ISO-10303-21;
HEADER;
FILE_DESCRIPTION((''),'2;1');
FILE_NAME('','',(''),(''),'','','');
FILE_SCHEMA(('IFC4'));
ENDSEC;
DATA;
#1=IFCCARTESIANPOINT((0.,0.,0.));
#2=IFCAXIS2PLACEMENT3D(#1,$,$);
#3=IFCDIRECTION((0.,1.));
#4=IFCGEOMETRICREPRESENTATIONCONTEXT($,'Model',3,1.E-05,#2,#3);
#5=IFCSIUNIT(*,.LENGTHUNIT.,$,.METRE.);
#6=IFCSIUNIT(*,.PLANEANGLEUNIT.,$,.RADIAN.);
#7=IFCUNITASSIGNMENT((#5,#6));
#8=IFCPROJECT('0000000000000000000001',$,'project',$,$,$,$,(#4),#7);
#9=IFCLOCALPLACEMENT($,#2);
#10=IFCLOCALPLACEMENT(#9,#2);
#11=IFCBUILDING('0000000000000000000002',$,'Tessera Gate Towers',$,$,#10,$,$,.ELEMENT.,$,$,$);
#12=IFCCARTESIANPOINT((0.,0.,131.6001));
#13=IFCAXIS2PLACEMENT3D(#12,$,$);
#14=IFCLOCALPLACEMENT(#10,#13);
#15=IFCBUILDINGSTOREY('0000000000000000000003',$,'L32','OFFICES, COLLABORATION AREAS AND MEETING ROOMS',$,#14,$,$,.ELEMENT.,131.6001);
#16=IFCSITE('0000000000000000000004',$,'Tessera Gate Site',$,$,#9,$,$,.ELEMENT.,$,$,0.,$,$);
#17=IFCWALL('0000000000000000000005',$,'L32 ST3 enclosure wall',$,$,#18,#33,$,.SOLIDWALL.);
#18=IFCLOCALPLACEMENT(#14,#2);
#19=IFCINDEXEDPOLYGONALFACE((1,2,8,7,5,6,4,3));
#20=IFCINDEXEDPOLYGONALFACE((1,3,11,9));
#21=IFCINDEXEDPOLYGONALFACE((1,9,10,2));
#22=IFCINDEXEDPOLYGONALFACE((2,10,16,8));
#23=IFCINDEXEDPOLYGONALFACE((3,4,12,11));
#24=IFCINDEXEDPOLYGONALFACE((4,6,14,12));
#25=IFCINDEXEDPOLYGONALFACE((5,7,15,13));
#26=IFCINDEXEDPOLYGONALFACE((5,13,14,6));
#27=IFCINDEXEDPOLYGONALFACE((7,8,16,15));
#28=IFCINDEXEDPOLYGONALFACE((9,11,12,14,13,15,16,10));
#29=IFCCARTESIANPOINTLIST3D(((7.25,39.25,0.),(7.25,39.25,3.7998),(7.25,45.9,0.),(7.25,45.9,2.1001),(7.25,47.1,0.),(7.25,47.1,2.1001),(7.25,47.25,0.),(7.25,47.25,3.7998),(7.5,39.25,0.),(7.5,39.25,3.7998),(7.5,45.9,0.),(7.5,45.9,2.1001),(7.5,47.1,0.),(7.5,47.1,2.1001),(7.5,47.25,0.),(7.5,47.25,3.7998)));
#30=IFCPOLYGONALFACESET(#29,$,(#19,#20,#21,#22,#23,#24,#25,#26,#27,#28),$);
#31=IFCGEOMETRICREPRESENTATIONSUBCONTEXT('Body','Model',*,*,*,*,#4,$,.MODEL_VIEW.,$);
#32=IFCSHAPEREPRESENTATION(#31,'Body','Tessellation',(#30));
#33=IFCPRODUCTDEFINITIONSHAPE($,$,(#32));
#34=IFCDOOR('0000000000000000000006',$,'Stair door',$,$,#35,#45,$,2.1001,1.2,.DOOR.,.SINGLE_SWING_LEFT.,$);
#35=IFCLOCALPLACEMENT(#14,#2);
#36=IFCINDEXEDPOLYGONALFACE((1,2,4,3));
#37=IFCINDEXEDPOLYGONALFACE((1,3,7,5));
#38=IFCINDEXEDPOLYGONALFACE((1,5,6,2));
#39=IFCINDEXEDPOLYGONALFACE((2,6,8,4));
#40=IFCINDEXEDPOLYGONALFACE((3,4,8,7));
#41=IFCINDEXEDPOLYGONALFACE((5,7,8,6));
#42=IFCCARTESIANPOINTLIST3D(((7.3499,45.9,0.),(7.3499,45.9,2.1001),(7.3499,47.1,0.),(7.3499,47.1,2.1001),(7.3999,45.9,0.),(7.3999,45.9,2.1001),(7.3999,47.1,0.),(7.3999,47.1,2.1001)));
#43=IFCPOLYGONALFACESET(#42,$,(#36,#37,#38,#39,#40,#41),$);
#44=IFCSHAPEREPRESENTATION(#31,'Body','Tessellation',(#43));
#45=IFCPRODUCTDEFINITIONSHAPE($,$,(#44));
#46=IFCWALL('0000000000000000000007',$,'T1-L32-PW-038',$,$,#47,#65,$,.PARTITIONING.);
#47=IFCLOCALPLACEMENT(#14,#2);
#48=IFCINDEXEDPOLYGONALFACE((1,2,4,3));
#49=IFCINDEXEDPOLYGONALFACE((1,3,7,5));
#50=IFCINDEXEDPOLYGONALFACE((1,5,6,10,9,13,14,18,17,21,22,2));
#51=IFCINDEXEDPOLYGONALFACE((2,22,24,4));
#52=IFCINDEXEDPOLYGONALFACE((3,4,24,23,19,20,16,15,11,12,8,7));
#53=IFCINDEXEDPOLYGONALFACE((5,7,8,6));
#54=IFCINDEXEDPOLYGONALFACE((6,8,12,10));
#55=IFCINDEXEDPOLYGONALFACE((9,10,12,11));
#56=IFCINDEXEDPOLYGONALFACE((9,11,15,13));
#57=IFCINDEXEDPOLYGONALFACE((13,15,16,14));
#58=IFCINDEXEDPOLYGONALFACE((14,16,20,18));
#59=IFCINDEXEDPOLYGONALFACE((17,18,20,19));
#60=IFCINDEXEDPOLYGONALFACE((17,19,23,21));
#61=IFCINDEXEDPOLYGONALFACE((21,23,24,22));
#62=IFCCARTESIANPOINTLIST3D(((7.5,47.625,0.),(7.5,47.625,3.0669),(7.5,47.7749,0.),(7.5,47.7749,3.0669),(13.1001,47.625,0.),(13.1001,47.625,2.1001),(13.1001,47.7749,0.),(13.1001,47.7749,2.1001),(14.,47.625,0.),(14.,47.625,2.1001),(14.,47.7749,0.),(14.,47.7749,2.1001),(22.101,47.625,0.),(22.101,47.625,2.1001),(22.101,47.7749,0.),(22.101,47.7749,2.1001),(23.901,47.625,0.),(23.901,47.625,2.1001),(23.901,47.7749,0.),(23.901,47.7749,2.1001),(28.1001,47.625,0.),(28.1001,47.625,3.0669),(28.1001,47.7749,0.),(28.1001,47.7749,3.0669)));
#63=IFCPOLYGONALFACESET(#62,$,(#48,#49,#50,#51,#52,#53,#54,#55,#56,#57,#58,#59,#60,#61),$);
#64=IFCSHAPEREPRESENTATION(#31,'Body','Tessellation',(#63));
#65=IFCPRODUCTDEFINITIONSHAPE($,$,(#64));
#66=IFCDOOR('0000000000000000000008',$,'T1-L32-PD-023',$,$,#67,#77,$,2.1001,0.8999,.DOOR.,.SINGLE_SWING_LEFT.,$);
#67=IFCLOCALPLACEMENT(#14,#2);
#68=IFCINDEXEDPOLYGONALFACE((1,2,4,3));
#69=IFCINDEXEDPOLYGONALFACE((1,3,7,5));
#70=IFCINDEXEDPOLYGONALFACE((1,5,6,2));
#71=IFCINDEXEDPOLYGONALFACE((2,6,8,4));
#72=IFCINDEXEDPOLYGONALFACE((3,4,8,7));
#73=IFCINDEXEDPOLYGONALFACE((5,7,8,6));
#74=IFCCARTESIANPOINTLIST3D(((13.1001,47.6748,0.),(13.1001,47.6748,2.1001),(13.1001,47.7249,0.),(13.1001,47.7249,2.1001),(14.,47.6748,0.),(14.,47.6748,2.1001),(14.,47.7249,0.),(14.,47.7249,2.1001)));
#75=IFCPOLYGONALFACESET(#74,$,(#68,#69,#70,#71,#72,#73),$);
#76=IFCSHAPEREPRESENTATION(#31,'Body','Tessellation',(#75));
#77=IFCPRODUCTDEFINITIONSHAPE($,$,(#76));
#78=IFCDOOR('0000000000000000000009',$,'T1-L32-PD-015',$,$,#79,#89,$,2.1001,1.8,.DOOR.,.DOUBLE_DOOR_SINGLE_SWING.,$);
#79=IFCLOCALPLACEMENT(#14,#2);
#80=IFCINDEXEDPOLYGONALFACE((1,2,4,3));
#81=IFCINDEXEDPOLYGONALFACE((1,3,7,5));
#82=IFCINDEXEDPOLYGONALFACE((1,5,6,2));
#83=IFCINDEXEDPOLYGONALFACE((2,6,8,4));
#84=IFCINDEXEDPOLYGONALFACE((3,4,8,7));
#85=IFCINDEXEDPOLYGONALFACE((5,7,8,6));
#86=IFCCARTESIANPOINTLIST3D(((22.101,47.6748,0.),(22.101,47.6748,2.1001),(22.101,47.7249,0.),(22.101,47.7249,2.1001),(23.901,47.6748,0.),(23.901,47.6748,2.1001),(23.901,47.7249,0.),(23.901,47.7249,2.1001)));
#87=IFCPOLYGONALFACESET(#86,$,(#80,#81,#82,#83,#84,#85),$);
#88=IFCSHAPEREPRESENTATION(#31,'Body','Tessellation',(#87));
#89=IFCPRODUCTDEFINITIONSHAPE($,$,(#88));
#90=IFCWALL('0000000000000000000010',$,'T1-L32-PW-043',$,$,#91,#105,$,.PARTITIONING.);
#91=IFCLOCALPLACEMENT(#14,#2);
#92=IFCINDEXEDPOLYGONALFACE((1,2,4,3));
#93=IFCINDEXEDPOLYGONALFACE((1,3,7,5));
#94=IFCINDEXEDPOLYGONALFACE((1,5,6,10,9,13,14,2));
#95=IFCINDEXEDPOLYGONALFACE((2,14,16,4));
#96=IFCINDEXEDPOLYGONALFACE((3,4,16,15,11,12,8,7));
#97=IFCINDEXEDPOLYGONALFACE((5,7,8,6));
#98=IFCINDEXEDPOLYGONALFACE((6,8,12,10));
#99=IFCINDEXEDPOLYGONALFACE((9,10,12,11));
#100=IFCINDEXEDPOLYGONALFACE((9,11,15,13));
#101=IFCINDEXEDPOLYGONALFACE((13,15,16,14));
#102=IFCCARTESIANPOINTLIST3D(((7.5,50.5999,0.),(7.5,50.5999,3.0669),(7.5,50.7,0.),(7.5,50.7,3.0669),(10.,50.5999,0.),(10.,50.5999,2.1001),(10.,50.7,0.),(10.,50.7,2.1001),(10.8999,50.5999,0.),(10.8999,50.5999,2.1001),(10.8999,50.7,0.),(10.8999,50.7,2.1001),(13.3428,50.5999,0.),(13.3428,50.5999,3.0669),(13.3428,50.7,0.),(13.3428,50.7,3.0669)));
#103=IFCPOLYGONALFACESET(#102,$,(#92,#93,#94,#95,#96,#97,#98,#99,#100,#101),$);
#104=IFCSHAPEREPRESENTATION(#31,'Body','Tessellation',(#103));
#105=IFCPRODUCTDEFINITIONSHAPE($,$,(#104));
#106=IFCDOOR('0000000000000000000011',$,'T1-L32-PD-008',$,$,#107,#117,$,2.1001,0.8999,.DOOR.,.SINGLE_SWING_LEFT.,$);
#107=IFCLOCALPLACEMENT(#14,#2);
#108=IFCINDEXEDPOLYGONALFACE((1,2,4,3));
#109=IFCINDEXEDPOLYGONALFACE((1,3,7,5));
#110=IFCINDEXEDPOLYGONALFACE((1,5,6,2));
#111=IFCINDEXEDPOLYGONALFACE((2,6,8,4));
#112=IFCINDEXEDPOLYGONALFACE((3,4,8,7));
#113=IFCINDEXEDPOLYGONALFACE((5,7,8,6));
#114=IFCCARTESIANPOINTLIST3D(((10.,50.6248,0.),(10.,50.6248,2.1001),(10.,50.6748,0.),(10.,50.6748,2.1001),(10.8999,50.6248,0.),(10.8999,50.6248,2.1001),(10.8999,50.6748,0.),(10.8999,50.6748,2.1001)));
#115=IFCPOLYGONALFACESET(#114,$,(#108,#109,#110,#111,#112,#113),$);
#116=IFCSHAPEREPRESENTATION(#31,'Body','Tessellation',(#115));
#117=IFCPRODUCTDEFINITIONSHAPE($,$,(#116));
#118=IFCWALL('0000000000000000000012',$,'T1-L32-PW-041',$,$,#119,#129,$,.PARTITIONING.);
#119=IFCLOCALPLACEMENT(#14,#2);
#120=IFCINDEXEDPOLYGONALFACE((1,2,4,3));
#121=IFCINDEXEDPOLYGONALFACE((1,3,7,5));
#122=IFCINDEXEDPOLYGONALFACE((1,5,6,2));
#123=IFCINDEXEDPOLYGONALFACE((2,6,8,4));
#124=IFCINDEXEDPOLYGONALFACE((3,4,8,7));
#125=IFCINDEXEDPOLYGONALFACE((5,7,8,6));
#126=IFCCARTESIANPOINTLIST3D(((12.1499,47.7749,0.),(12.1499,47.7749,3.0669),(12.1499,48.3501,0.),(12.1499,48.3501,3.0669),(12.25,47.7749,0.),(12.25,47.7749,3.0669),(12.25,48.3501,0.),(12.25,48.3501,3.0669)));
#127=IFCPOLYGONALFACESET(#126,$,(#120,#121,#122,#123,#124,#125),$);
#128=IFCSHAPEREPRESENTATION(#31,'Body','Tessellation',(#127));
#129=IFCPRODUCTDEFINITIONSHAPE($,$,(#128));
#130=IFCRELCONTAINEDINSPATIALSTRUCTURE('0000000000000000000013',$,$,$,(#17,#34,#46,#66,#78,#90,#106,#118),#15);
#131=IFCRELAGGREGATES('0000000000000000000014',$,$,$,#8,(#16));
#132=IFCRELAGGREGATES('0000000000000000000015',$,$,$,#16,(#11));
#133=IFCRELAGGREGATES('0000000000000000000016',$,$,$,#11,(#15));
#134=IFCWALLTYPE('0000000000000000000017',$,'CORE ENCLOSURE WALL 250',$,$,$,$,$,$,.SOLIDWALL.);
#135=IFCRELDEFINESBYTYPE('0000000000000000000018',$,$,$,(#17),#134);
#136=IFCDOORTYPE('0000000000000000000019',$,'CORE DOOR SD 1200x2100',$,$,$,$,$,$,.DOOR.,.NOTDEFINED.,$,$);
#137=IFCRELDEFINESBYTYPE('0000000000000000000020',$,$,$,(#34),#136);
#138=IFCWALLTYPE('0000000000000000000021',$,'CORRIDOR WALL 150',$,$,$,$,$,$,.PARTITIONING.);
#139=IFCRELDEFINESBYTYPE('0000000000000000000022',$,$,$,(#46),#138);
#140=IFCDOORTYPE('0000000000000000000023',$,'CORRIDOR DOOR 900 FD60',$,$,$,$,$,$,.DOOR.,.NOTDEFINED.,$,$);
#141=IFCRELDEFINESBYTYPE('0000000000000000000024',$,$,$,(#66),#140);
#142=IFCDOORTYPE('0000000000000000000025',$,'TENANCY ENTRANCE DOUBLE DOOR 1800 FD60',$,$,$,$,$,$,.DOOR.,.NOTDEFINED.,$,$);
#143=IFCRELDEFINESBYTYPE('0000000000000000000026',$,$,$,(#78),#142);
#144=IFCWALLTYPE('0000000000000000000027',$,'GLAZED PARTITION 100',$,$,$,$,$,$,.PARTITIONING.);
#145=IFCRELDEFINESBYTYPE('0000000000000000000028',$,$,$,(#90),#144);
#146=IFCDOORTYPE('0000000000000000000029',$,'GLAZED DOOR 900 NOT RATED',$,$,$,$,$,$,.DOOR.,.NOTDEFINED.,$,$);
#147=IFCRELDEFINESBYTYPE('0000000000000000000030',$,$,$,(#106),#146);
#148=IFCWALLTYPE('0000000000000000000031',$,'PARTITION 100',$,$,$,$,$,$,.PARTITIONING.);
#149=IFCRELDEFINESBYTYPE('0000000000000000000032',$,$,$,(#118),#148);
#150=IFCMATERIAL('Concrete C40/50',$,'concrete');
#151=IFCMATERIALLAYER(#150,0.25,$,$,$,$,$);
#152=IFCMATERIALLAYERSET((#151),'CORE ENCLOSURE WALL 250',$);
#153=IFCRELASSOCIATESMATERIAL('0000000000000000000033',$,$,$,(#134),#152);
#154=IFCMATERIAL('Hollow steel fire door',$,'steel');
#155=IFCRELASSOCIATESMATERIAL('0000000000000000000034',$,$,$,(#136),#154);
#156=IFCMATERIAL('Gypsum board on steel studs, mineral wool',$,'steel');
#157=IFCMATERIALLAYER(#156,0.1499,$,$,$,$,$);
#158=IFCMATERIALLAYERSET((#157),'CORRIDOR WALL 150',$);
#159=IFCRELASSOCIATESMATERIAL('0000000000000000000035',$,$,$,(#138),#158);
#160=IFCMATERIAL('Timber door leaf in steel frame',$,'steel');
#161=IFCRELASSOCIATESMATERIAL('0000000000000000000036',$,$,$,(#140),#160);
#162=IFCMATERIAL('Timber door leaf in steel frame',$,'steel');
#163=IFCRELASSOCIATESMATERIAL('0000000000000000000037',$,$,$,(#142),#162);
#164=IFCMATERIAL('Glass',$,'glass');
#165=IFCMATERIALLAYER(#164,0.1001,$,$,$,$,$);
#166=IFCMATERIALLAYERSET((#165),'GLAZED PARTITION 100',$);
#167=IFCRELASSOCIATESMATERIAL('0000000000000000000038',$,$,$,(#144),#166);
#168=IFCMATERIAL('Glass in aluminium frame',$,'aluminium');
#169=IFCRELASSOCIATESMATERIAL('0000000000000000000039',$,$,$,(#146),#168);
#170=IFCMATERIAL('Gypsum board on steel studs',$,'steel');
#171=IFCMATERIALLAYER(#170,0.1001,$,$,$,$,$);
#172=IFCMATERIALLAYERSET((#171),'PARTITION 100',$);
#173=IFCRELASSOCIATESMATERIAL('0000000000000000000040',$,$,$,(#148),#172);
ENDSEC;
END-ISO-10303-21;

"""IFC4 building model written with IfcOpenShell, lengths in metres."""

from ifc_helpers import new_model, si_unit, direction, frame, frame_2d, origin, place, context, subcontext, project, spatial, rectangle, extrude, source, transform, mapped, material, layer, layer_set, type_object, element, fill, save


model = new_model("IFC4")

# Units and contexts
model_context = context("Model", 3, precision=1e-05, world=origin(), true_north=direction((0.0, 1.0)))
body_context = subcontext(model_context, "Body", "Model", "MODEL_VIEW")
ifc_project = project(units=[si_unit("LENGTHUNIT", "METRE"), si_unit("PLANEANGLEUNIT", "RADIAN")], contexts=[model_context])

# Site, building, storey
site_placement = place(None, origin())
site = spatial("IfcSite", under=ifc_project, at=site_placement, Name="Tessera Gate Site", CompositionType="ELEMENT", RefElevation=0.0)
building_placement = place(site_placement, origin())
building = spatial("IfcBuilding", under=site, at=building_placement, Name="Tessera Gate Towers", CompositionType="ELEMENT")
storey_placement = place(building_placement, frame((0.0, 0.0, 131.6001)))
storey = spatial("IfcBuildingStorey", under=building, at=storey_placement, Name="L32", Description="OFFICES, COLLABORATION AREAS AND MEETING ROOMS", CompositionType="ELEMENT", Elevation=131.6001)

# Shared definitions
ifc_material_1 = material(Name="Concrete C40/50", Category="concrete")
ifc_layer_1 = layer(ifc_material_1, 0.25)
ifc_layer_set_1 = layer_set([ifc_layer_1], Name="CORE ENCLOSURE WALL 250")
wall_type_1 = type_object("IfcWallType", Name="CORE ENCLOSURE WALL 250", PredefinedType="SOLIDWALL", material=ifc_layer_set_1)

# Wall, opening, door
wall_1_placement = place(storey_placement, frame((7.375, 47.25, 0.0), z_axis=(0.0, 0.0, 1.0), x_axis=(0.0, -1.0, 0.0)))
wall_1 = element("IfcWall", 1, at=wall_1_placement, inside=storey, type_object=wall_type_1, Name="L32 ST3 enclosure wall", PredefinedType="SOLIDWALL", context=body_context, shape_type="SweptSolid", body=[
    extrude(rectangle(XDim=8.0, YDim=0.25, at=frame_2d((4.0, 0.0))), origin(), (0.0, 0.0, 1.0), 3.7998),
])
shared_shape_1 = source(origin(), body_context, "Body", "SweptSolid", [
    extrude(rectangle(XDim=1.2, YDim=2.1001, at=frame_2d((0.6001, 1.05))), frame((0.0, 0.135, 0.0), z_axis=(0.0, -1.0, 0.0), x_axis=(1.0, 0.0, 0.0)), (0.0, 0.0, 1.0), 0.27),
])
opening_1_placement = place(wall_1_placement, frame((0.1499, 0.0, 0.0)))
opening_1 = element("IfcOpeningElement", 2, at=opening_1_placement, cuts=wall_1, PredefinedType="OPENING", context=body_context, shape_type="MappedRepresentation", body=[
    mapped(shared_shape_1, transform((0.0, 0.0, 0.0), scale=1.0)),
])
ifc_material_2 = material(Name="Hollow steel fire door", Category="steel")
door_type_1 = type_object("IfcDoorType", Name="CORE DOOR SD 1200x2100", OperationType="NOTDEFINED", PredefinedType="DOOR", material=ifc_material_2)
shared_shape_2 = source(origin(), body_context, "Body", "SweptSolid", [
    extrude(rectangle(XDim=1.2, YDim=2.1001, at=frame_2d((0.6001, 1.05))), frame((0.0, 0.0249, 0.0), z_axis=(0.0, -1.0, 0.0), x_axis=(1.0, 0.0, 0.0)), (0.0, 0.0, 1.0), 0.05),
])
door_1_placement = place(opening_1_placement, origin())
door_1 = element("IfcDoor", 3, at=door_1_placement, inside=storey, type_object=door_type_1, Name="Stair door", OperationType="SINGLE_SWING_LEFT", OverallHeight=2.1001, OverallWidth=1.2, PredefinedType="DOOR", context=body_context, shape_type="MappedRepresentation", body=[
    mapped(shared_shape_2, transform((0.0, 0.0, 0.0), scale=1.0)),
])
fill(opening_1, door_1)

# Wall, openings, doors
ifc_material_3 = material(Name="Gypsum board on steel studs, mineral wool", Category="steel")
ifc_layer_2 = layer(ifc_material_3, 0.1499)
ifc_layer_set_2 = layer_set([ifc_layer_2], Name="CORRIDOR WALL 150")
wall_type_2 = type_object("IfcWallType", Name="CORRIDOR WALL 150", PredefinedType="PARTITIONING", material=ifc_layer_set_2)
wall_2_placement = place(storey_placement, frame((7.5, 47.7, 0.0), z_axis=(0.0, 0.0, 1.0), x_axis=(1.0, 0.0, 0.0)))
wall_2 = element("IfcWall", 4, at=wall_2_placement, inside=storey, type_object=wall_type_2, Name="T1-L32-PW-038", PredefinedType="PARTITIONING", context=body_context, shape_type="SweptSolid", body=[
    extrude(rectangle(XDim=20.6001, YDim=0.1499, at=frame_2d((10.3, 0.0))), origin(), (0.0, 0.0, 1.0), 3.0669),
])
shared_shape_3 = source(origin(), body_context, "Body", "SweptSolid", [
    extrude(rectangle(XDim=1.8, YDim=2.1001, at=frame_2d((0.8999, 1.05))), frame((0.0, 0.085, 0.0), z_axis=(0.0, -1.0, 0.0), x_axis=(1.0, 0.0, 0.0)), (0.0, 0.0, 1.0), 0.1699),
])
opening_2_placement = place(wall_2_placement, frame((14.6011, 0.0, 0.0)))
opening_2 = element("IfcOpeningElement", 5, at=opening_2_placement, cuts=wall_2, PredefinedType="OPENING", context=body_context, shape_type="MappedRepresentation", body=[
    mapped(shared_shape_3, transform((0.0, 0.0, 0.0), scale=1.0)),
])
shared_shape_4 = source(origin(), body_context, "Body", "SweptSolid", [
    extrude(rectangle(XDim=0.8999, YDim=2.1001, at=frame_2d((0.45, 1.05))), frame((0.0, 0.085, 0.0), z_axis=(0.0, -1.0, 0.0), x_axis=(1.0, 0.0, 0.0)), (0.0, 0.0, 1.0), 0.1699),
])
opening_3_placement = place(wall_2_placement, frame((5.6001, 0.0, 0.0)))
opening_3 = element("IfcOpeningElement", 6, at=opening_3_placement, cuts=wall_2, PredefinedType="OPENING", context=body_context, shape_type="MappedRepresentation", body=[
    mapped(shared_shape_4, transform((0.0, 0.0, 0.0), scale=1.0)),
])
ifc_material_4 = material(Name="Timber door leaf in steel frame", Category="steel")
door_type_2 = type_object("IfcDoorType", Name="CORRIDOR DOOR 900 FD60", OperationType="NOTDEFINED", PredefinedType="DOOR", material=ifc_material_4)
shared_shape_5 = source(origin(), body_context, "Body", "SweptSolid", [
    extrude(rectangle(XDim=0.8999, YDim=2.1001, at=frame_2d((0.45, 1.05))), frame((0.0, 0.0249, 0.0), z_axis=(0.0, -1.0, 0.0), x_axis=(1.0, 0.0, 0.0)), (0.0, 0.0, 1.0), 0.05),
])
door_2_placement = place(opening_3_placement, origin())
door_2 = element("IfcDoor", 7, at=door_2_placement, inside=storey, type_object=door_type_2, Name="T1-L32-PD-023", OperationType="SINGLE_SWING_LEFT", OverallHeight=2.1001, OverallWidth=0.8999, PredefinedType="DOOR", context=body_context, shape_type="MappedRepresentation", body=[
    mapped(shared_shape_5, transform((0.0, 0.0, 0.0), scale=1.0)),
])
fill(opening_3, door_2)
ifc_material_5 = material(Name="Timber door leaf in steel frame", Category="steel")
door_type_3 = type_object("IfcDoorType", Name="TENANCY ENTRANCE DOUBLE DOOR 1800 FD60", OperationType="NOTDEFINED", PredefinedType="DOOR", material=ifc_material_5)
shared_shape_6 = source(origin(), body_context, "Body", "SweptSolid", [
    extrude(rectangle(XDim=1.8, YDim=2.1001, at=frame_2d((0.8999, 1.05))), frame((0.0, 0.0249, 0.0), z_axis=(0.0, -1.0, 0.0), x_axis=(1.0, 0.0, 0.0)), (0.0, 0.0, 1.0), 0.05),
])
door_3_placement = place(opening_2_placement, origin())
door_3 = element("IfcDoor", 8, at=door_3_placement, inside=storey, type_object=door_type_3, Name="T1-L32-PD-015", OperationType="DOUBLE_DOOR_SINGLE_SWING", OverallHeight=2.1001, OverallWidth=1.8, PredefinedType="DOOR", context=body_context, shape_type="MappedRepresentation", body=[
    mapped(shared_shape_6, transform((0.0, 0.0, 0.0), scale=1.0)),
])
fill(opening_2, door_3)

# Wall, opening, door
ifc_material_6 = material(Name="Glass", Category="glass")
ifc_layer_3 = layer(ifc_material_6, 0.1001)
ifc_layer_set_3 = layer_set([ifc_layer_3], Name="GLAZED PARTITION 100")
wall_type_3 = type_object("IfcWallType", Name="GLAZED PARTITION 100", PredefinedType="PARTITIONING", material=ifc_layer_set_3)
wall_3_placement = place(storey_placement, frame((7.5, 50.6499, 0.0), z_axis=(0.0, 0.0, 1.0), x_axis=(1.0, 0.0, 0.0)))
wall_3 = element("IfcWall", 9, at=wall_3_placement, inside=storey, type_object=wall_type_3, Name="T1-L32-PW-043", PredefinedType="PARTITIONING", context=body_context, shape_type="SweptSolid", body=[
    extrude(rectangle(XDim=5.8428, YDim=0.1001, at=frame_2d((2.9214, 0.0))), origin(), (0.0, 0.0, 1.0), 3.0669),
])
shared_shape_7 = source(origin(), body_context, "Body", "SweptSolid", [
    extrude(rectangle(XDim=0.8999, YDim=2.1001, at=frame_2d((0.45, 1.05))), frame((0.0, 0.0601, 0.0), z_axis=(0.0, -1.0, 0.0), x_axis=(1.0, 0.0, 0.0)), (0.0, 0.0, 1.0), 0.1201),
])
opening_4_placement = place(wall_3_placement, frame((2.5, 0.0, 0.0)))
opening_4 = element("IfcOpeningElement", 10, at=opening_4_placement, cuts=wall_3, PredefinedType="OPENING", context=body_context, shape_type="MappedRepresentation", body=[
    mapped(shared_shape_7, transform((0.0, 0.0, 0.0), scale=1.0)),
])
ifc_material_7 = material(Name="Glass in aluminium frame", Category="aluminium")
door_type_4 = type_object("IfcDoorType", Name="GLAZED DOOR 900 NOT RATED", OperationType="NOTDEFINED", PredefinedType="DOOR", material=ifc_material_7)
door_4_placement = place(opening_4_placement, origin())
door_4 = element("IfcDoor", 11, at=door_4_placement, inside=storey, type_object=door_type_4, Name="T1-L32-PD-008", OperationType="SINGLE_SWING_LEFT", OverallHeight=2.1001, OverallWidth=0.8999, PredefinedType="DOOR", context=body_context, shape_type="MappedRepresentation", body=[
    mapped(shared_shape_5, transform((0.0, 0.0, 0.0), scale=1.0)),
])
fill(opening_4, door_4)

# Wall
ifc_material_8 = material(Name="Gypsum board on steel studs", Category="steel")
ifc_layer_4 = layer(ifc_material_8, 0.1001)
ifc_layer_set_4 = layer_set([ifc_layer_4], Name="PARTITION 100")
wall_type_4 = type_object("IfcWallType", Name="PARTITION 100", PredefinedType="PARTITIONING", material=ifc_layer_set_4)
wall_4_placement = place(storey_placement, frame((12.2, 48.3501, 0.0), z_axis=(0.0, 0.0, 1.0), x_axis=(0.0, -1.0, 0.0)))
element("IfcWall", 12, at=wall_4_placement, inside=storey, type_object=wall_type_4, Name="T1-L32-PW-041", PredefinedType="PARTITIONING", context=body_context, shape_type="SweptSolid", body=[
    extrude(rectangle(XDim=0.5752, YDim=0.1001, at=frame_2d((0.2876, 0.0))), origin(), (0.0, 0.0, 1.0), 3.0669),
])

save(model, "model.ifc")
